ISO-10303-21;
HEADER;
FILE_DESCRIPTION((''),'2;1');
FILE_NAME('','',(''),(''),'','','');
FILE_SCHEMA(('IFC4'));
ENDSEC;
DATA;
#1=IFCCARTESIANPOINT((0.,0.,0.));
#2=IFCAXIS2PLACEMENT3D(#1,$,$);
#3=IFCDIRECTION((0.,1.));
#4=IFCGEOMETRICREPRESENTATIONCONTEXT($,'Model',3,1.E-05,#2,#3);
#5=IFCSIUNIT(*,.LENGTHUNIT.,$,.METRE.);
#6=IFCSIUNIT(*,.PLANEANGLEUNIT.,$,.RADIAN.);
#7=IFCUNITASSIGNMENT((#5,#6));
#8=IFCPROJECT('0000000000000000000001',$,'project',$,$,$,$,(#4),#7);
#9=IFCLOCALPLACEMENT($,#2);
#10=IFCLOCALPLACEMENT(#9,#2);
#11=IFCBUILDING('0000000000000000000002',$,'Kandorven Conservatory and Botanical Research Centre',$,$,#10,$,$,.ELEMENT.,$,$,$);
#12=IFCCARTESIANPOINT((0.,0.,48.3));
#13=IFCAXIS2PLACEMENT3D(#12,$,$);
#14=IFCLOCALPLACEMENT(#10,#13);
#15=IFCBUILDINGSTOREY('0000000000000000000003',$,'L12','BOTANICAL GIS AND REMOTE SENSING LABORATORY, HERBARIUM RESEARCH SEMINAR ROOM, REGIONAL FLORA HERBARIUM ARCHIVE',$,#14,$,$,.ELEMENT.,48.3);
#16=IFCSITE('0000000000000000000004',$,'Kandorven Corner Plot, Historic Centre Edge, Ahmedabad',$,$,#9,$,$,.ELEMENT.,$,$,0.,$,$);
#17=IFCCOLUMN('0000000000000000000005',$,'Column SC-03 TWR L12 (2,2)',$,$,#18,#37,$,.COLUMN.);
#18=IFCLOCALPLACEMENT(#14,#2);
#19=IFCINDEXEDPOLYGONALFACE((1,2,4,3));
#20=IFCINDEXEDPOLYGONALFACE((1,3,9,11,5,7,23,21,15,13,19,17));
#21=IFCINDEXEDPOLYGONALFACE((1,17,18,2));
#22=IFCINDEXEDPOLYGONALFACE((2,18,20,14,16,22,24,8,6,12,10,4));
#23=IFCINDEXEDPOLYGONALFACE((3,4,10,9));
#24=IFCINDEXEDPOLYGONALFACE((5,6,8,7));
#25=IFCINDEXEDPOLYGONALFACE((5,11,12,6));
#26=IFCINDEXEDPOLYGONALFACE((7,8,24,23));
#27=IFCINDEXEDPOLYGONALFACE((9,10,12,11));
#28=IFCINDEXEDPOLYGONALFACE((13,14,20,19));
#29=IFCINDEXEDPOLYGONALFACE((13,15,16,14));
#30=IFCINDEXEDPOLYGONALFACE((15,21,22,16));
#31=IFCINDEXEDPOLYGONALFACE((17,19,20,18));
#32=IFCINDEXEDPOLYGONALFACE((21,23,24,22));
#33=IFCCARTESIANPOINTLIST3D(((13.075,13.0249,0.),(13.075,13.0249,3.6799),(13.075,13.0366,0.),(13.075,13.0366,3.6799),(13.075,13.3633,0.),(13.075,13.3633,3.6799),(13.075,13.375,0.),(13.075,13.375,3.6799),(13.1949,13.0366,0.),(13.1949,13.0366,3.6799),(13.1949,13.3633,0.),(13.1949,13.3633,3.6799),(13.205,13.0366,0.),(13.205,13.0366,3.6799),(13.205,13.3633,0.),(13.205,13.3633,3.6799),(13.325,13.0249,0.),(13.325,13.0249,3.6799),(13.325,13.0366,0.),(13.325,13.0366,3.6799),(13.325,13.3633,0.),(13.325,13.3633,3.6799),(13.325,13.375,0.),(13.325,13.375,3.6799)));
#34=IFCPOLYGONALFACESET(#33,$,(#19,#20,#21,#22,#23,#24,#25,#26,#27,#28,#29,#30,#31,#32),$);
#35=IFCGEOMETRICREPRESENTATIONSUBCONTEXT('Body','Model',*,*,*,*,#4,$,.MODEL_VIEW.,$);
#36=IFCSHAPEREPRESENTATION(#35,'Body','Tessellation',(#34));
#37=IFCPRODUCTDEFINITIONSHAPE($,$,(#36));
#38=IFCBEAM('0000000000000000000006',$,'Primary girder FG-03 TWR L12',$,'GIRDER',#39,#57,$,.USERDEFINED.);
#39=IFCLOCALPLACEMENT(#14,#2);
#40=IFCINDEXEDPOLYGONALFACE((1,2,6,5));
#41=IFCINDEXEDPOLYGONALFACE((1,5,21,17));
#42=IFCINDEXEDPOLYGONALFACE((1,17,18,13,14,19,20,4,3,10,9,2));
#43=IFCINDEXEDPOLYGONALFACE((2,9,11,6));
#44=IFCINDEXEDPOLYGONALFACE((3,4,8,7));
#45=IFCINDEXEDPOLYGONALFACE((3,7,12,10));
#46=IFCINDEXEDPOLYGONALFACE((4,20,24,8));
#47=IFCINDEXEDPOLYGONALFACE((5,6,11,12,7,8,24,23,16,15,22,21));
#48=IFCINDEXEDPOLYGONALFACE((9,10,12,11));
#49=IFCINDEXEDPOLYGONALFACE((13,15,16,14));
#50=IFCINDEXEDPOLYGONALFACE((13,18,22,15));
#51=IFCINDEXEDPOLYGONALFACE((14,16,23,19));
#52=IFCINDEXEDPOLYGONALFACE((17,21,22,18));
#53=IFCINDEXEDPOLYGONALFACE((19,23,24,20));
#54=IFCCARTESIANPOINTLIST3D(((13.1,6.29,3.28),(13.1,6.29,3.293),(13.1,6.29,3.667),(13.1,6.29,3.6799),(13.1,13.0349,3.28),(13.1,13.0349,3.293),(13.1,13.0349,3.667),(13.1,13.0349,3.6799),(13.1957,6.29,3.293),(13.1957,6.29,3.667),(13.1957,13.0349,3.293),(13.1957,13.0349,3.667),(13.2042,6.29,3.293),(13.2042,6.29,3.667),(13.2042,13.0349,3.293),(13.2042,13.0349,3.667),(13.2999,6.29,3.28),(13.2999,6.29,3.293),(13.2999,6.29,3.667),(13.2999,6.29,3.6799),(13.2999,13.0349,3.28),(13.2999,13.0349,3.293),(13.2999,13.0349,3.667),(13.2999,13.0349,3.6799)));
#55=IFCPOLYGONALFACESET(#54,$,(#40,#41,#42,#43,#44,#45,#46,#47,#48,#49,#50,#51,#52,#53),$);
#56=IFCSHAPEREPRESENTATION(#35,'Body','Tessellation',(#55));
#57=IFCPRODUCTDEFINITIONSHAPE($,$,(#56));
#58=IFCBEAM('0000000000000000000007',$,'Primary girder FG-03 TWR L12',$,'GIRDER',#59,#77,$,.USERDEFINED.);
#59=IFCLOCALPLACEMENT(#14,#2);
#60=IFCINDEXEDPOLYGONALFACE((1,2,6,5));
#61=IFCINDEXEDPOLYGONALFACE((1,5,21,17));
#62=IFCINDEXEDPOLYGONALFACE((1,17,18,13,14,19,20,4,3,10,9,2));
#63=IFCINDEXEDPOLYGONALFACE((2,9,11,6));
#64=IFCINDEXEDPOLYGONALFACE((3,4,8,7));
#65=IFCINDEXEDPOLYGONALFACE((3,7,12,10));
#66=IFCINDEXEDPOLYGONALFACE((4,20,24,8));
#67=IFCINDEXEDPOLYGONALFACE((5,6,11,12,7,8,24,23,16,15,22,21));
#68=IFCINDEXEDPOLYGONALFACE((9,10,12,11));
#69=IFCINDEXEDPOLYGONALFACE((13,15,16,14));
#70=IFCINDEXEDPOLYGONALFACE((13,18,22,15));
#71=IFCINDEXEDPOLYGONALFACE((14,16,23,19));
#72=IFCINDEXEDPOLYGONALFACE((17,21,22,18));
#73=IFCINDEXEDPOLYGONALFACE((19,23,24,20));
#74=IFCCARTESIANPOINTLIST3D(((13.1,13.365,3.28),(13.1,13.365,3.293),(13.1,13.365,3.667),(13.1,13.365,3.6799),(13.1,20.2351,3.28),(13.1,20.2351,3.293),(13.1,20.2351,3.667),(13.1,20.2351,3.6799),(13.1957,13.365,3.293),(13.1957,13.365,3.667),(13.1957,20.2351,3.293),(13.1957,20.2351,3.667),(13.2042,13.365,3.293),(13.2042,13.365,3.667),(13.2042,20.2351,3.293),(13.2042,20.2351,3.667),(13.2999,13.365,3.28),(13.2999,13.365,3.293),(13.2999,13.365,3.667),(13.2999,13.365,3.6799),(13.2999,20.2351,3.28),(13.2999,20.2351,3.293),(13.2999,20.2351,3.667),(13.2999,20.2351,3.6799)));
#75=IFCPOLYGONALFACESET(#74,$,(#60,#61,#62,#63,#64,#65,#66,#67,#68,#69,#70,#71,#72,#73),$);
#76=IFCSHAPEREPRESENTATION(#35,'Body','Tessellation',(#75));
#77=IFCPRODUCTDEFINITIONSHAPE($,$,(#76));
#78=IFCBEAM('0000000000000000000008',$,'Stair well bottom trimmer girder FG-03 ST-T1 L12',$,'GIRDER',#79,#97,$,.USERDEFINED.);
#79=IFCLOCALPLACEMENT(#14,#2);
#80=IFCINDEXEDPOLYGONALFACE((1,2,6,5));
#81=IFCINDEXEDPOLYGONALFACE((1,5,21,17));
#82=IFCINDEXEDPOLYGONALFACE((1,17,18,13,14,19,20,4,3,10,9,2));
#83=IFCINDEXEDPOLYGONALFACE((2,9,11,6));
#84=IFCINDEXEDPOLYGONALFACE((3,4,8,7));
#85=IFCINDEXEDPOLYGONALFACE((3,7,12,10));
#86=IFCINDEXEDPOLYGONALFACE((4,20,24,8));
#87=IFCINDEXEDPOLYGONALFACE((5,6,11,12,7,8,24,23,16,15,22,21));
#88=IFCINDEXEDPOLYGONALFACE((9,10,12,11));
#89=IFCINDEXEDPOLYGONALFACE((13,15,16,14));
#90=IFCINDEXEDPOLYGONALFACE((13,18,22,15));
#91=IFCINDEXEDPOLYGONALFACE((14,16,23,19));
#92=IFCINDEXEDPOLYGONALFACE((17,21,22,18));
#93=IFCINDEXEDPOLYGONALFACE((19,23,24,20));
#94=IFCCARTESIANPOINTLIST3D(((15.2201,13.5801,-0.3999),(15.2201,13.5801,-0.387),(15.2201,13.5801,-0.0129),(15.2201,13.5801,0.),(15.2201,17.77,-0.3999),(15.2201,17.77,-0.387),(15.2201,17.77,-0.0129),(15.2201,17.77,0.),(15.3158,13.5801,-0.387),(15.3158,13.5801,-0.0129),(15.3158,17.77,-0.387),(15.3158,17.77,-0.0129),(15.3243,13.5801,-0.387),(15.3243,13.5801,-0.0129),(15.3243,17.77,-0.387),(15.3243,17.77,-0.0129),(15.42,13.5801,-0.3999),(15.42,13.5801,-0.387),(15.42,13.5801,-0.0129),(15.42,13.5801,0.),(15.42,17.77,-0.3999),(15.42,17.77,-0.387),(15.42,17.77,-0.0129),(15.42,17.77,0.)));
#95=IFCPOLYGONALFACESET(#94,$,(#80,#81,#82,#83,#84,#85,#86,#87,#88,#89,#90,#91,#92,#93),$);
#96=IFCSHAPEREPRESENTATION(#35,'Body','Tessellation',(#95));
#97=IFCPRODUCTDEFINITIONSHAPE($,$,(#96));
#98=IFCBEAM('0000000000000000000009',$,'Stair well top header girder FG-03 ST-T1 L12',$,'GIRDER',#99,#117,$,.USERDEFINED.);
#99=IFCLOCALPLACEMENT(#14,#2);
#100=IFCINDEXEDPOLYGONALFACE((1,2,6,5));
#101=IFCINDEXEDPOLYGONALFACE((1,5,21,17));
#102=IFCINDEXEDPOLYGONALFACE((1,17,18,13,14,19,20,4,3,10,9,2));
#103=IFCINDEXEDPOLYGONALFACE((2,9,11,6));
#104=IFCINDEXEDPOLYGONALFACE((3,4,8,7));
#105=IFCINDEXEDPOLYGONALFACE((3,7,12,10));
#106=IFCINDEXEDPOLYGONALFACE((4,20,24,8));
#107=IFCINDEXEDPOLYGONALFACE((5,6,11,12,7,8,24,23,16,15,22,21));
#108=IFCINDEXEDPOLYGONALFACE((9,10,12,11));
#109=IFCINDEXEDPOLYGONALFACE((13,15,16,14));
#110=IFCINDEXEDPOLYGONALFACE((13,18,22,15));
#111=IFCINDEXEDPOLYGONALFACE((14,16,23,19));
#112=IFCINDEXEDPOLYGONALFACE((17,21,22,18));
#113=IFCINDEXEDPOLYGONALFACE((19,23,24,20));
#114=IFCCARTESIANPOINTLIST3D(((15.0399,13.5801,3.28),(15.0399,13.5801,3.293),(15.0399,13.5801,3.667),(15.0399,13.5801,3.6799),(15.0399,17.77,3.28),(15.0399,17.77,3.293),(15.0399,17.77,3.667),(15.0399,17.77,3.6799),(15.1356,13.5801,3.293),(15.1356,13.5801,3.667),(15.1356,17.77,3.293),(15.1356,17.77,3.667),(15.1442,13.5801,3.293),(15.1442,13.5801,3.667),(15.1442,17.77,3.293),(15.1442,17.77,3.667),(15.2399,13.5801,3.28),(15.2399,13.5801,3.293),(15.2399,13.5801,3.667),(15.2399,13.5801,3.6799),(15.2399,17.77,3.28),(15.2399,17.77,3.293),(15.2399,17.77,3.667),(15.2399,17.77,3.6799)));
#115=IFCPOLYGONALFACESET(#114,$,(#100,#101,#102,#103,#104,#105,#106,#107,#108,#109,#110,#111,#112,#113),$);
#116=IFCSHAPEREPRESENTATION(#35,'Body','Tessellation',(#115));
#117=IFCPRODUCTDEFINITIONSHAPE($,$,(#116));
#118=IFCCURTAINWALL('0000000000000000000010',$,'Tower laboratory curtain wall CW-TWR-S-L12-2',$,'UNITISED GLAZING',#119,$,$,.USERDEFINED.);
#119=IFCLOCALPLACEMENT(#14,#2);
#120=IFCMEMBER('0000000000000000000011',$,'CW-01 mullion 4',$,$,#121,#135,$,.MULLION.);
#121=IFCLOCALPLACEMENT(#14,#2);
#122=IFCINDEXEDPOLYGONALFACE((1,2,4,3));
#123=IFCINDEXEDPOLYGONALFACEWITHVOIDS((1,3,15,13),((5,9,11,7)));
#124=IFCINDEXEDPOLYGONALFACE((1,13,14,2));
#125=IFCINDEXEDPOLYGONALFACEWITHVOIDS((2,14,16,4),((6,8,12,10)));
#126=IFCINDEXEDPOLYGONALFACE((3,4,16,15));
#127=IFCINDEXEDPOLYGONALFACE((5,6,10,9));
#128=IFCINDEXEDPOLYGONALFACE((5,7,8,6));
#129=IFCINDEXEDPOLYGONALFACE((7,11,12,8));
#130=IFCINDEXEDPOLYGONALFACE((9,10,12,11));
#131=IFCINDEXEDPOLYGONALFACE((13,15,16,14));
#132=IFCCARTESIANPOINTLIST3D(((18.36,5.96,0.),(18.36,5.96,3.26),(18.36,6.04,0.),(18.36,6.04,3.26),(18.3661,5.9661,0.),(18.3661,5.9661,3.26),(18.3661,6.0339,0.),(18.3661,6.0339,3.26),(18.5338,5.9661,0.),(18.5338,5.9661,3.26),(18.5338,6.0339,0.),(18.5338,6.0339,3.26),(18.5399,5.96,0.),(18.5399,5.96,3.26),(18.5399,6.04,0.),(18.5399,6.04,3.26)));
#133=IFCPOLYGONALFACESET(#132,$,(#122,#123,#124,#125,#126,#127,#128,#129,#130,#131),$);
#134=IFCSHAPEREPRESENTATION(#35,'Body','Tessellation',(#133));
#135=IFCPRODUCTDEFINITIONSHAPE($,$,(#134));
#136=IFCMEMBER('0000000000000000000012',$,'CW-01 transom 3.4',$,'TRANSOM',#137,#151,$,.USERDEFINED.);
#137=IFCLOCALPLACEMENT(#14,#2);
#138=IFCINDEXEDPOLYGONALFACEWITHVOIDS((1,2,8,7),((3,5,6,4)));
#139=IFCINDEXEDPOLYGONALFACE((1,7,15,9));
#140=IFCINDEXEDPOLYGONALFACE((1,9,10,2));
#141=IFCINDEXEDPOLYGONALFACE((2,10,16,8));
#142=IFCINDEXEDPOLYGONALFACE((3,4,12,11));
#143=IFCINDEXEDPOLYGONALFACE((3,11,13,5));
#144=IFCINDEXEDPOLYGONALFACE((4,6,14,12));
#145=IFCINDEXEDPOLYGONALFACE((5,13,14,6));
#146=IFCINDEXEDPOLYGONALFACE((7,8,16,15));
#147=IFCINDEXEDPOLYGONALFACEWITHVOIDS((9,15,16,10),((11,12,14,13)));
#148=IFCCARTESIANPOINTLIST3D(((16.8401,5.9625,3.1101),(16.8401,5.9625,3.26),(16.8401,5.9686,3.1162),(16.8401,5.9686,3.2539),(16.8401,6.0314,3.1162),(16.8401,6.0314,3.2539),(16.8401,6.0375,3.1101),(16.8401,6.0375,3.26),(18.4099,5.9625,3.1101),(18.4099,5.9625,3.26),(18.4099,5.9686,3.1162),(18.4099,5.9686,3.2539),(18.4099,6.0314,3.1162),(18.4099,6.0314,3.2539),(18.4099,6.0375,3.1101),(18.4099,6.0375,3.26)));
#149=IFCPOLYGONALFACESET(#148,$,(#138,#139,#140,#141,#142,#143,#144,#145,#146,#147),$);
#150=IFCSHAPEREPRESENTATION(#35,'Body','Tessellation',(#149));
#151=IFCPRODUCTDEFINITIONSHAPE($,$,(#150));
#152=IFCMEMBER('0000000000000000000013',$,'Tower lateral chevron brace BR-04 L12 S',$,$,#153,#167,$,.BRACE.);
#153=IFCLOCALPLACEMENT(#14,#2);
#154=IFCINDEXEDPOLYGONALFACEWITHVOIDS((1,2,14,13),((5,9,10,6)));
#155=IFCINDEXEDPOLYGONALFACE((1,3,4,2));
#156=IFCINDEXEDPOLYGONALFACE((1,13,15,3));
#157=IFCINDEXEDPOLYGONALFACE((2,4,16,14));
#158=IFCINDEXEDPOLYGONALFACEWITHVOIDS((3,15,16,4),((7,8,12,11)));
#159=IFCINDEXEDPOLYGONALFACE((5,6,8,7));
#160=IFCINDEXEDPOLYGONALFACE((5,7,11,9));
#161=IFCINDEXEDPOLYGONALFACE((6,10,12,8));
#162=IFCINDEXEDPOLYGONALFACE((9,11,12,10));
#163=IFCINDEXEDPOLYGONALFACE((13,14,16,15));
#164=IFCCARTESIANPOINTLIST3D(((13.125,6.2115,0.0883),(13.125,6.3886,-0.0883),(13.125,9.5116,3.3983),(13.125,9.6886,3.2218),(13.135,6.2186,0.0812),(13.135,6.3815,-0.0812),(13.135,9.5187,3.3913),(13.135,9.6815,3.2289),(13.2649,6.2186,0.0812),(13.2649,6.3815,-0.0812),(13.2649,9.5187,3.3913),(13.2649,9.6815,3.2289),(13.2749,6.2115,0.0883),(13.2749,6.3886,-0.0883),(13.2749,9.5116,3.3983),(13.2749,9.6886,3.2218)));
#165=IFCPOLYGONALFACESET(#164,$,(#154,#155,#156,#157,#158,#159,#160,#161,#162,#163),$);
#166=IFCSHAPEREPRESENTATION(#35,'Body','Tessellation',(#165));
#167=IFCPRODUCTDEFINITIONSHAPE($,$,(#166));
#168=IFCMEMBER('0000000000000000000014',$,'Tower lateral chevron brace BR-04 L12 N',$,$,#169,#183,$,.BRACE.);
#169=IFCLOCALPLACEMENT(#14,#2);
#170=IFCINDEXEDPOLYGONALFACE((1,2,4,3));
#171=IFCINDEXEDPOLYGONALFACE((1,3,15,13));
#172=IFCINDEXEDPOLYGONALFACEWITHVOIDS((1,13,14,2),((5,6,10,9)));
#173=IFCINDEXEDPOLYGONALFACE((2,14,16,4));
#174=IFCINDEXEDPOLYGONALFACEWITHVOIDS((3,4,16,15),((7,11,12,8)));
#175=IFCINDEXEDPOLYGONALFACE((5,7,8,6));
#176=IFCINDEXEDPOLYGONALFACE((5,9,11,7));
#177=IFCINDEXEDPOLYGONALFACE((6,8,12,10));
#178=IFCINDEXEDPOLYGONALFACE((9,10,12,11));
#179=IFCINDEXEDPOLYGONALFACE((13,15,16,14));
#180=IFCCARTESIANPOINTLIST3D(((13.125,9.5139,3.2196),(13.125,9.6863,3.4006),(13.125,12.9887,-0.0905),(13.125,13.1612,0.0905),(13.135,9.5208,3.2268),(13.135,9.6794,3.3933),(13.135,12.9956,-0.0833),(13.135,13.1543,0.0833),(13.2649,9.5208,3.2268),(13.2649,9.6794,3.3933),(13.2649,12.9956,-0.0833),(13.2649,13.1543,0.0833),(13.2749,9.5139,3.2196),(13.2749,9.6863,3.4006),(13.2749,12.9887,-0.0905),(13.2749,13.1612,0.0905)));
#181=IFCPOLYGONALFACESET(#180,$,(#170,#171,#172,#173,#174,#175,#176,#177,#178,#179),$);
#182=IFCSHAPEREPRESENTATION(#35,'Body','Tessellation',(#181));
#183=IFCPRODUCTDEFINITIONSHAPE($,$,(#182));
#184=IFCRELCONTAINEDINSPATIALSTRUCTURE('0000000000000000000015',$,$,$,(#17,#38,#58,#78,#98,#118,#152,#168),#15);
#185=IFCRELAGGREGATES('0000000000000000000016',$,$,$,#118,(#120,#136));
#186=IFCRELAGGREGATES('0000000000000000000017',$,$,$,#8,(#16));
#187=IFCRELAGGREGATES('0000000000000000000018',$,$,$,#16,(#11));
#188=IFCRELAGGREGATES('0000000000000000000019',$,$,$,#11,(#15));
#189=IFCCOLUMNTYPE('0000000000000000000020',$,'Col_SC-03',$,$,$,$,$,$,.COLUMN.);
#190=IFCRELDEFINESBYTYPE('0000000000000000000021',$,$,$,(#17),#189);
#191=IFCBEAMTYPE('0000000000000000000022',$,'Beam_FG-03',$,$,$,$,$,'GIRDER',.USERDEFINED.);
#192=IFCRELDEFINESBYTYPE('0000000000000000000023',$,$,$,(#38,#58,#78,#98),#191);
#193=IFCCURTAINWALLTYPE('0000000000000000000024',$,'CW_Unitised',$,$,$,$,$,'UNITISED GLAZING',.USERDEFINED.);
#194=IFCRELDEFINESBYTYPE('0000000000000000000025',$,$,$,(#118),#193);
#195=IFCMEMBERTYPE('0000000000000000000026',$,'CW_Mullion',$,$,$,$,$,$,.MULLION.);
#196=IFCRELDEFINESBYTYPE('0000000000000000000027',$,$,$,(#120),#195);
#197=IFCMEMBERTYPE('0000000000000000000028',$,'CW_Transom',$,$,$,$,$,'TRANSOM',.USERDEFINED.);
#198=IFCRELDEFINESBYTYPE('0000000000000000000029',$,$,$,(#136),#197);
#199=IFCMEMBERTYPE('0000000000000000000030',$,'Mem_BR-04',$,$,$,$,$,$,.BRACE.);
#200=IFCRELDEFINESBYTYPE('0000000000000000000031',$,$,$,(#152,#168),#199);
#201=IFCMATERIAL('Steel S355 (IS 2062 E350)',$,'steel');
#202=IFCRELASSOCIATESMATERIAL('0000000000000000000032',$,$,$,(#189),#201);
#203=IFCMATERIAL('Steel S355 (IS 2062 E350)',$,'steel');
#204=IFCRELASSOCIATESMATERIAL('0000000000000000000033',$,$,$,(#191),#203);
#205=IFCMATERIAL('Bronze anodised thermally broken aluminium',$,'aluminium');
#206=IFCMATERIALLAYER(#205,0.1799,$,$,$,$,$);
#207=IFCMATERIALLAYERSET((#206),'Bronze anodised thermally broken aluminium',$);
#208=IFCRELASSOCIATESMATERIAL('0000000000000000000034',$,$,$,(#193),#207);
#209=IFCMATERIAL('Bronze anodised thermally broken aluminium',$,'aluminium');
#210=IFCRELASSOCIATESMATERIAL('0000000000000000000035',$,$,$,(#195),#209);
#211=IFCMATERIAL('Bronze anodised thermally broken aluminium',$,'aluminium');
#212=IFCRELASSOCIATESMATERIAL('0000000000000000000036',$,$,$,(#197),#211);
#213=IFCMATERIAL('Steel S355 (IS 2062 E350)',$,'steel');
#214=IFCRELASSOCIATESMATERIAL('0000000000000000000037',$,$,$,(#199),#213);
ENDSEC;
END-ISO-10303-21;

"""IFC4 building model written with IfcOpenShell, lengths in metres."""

from ifc_helpers import new_model, si_unit, direction, frame, origin, origin_2d, place, context, subcontext, project, spatial, hollow_rectangle, i_section, extrude, material, layer, layer_set, material_profile, profile_set, type_object, element, aggregate, save


model = new_model("IFC4")

# Units and contexts
model_context = context("Model", 3, precision=1e-05, world=origin(), true_north=direction((0.0, 1.0)))
body_context = subcontext(model_context, "Body", "Model", "MODEL_VIEW")
ifc_project = project(units=[si_unit("LENGTHUNIT", "METRE"), si_unit("PLANEANGLEUNIT", "RADIAN")], contexts=[model_context])

# Site, building, storey
site_placement = place(None, origin())
site = spatial("IfcSite", under=ifc_project, at=site_placement, Name="Kandorven Corner Plot, Historic Centre Edge, Ahmedabad", CompositionType="ELEMENT", RefElevation=0.0)
building_placement = place(site_placement, origin())
building = spatial("IfcBuilding", under=site, at=building_placement, Name="Kandorven Conservatory and Botanical Research Centre", CompositionType="ELEMENT")
storey_placement = place(building_placement, frame((0.0, 0.0, 48.3)))
storey = spatial("IfcBuildingStorey", under=building, at=storey_placement, Name="L12", Description="BOTANICAL GIS AND REMOTE SENSING LABORATORY, HERBARIUM RESEARCH SEMINAR ROOM, REGIONAL FLORA HERBARIUM ARCHIVE", CompositionType="ELEMENT", Elevation=48.3)

# Column
ifc_material_1 = material(Name="Steel S355 (IS 2062 E350)", Category="steel")
ifc_material_profile_1 = material_profile(ifc_material_1, i_section(OverallWidth=0.25, OverallDepth=0.3501, WebThickness=0.01, FlangeThickness=0.0117, at=origin_2d()))
ifc_profile_set_1 = profile_set([ifc_material_profile_1], Name="Steel S355 (IS 2062 E350)")
column_type = type_object("IfcColumnType", Name="Col_SC-03", PredefinedType="COLUMN", material=ifc_profile_set_1)
column_placement = place(storey_placement, frame((13.2, 13.2, 0.0), z_axis=(0.0, 0.0, 1.0), x_axis=(1.0, 0.0, 0.0)))
element("IfcColumn", 1, at=column_placement, inside=storey, type_object=column_type, Name="Column SC-03 TWR L12 (2,2)", PredefinedType="COLUMN", context=body_context, shape_type="SweptSolid", body=[
    extrude(i_section(OverallWidth=0.25, OverallDepth=0.3501, WebThickness=0.01, FlangeThickness=0.0117, at=origin_2d()), origin(), (0.0, 0.0, 1.0), 3.6799),
])

# Beams
ifc_material_2 = material(Name="Steel S355 (IS 2062 E350)", Category="steel")
ifc_material_profile_2 = material_profile(ifc_material_2, i_section(OverallWidth=0.2, OverallDepth=0.3999, WebThickness=0.0085, FlangeThickness=0.0129, at=origin_2d()))
ifc_profile_set_2 = profile_set([ifc_material_profile_2], Name="Steel S355 (IS 2062 E350)")
beam_type = type_object("IfcBeamType", Name="Beam_FG-03", ElementType="GIRDER", PredefinedType="USERDEFINED", material=ifc_profile_set_2)
beam_1_placement = place(storey_placement, frame((13.2, 6.29, 3.48), z_axis=(0.0, 1.0, 0.0), x_axis=(-1.0, 0.0, 0.0)))
element("IfcBeam", 2, at=beam_1_placement, inside=storey, type_object=beam_type, Name="Primary girder FG-03 TWR L12", ObjectType="GIRDER", PredefinedType="USERDEFINED", context=body_context, shape_type="SweptSolid", body=[
    extrude(i_section(OverallWidth=0.2, OverallDepth=0.3999, WebThickness=0.0085, FlangeThickness=0.0129, at=origin_2d()), origin(), (0.0, 0.0, 1.0), 6.7449),
])
beam_2_placement = place(storey_placement, frame((13.2, 13.365, 3.48), z_axis=(0.0, 1.0, 0.0), x_axis=(-1.0, 0.0, 0.0)))
element("IfcBeam", 3, at=beam_2_placement, inside=storey, type_object=beam_type, Name="Primary girder FG-03 TWR L12", ObjectType="GIRDER", PredefinedType="USERDEFINED", context=body_context, shape_type="SweptSolid", body=[
    extrude(i_section(OverallWidth=0.2, OverallDepth=0.3999, WebThickness=0.0085, FlangeThickness=0.0129, at=origin_2d()), origin(), (0.0, 0.0, 1.0), 6.8701),
])
for number, where, z_axis, x_axis, name in (
    (4, (15.3201, 13.5801, -0.2), (0.0, 1.0, 0.0), (-1.0, 0.0, 0.0), "Stair well bottom trimmer girder FG-03 ST-T1 L12"),
    (5, (15.1399, 13.5801, 3.48), (0.0, 1.0, 0.0), (-1.0, 0.0, 0.0), "Stair well top header girder FG-03 ST-T1 L12"),
):
    element("IfcBeam", number, at=place(storey_placement, frame(where, z_axis=z_axis, x_axis=x_axis)), inside=storey, type_object=beam_type, Name=name, ObjectType="GIRDER", PredefinedType="USERDEFINED", context=body_context, shape_type="SweptSolid", body=[
        extrude(i_section(OverallWidth=0.2, OverallDepth=0.3999, WebThickness=0.0085, FlangeThickness=0.0129, at=origin_2d()), origin(), (0.0, 0.0, 1.0), 4.1899),
    ])

# Curtain wall, members
ifc_material_3 = material(Name="Bronze anodised thermally broken aluminium", Category="aluminium")
ifc_layer_1 = layer(ifc_material_3, 0.1799)
ifc_layer_set_1 = layer_set([ifc_layer_1], Name="Bronze anodised thermally broken aluminium")
curtain_wall_type = type_object("IfcCurtainWallType", Name="CW_Unitised", ElementType="UNITISED GLAZING", PredefinedType="USERDEFINED", material=ifc_layer_set_1)
curtain_wall_placement = place(storey_placement, origin())
curtain_wall = element("IfcCurtainWall", 6, at=curtain_wall_placement, inside=storey, type_object=curtain_wall_type, Name="Tower laboratory curtain wall CW-TWR-S-L12-2", ObjectType="UNITISED GLAZING", PredefinedType="USERDEFINED")
ifc_material_4 = material(Name="Bronze anodised thermally broken aluminium", Category="aluminium")
ifc_material_profile_3 = material_profile(ifc_material_4, hollow_rectangle(XDim=0.0801, YDim=0.1799, WallThickness=0.0061, at=origin_2d()))
ifc_profile_set_3 = profile_set([ifc_material_profile_3], Name="Bronze anodised thermally broken aluminium")
member_type_1 = type_object("IfcMemberType", Name="CW_Mullion", PredefinedType="MULLION", material=ifc_profile_set_3)
member_1_placement = place(storey_placement, frame((18.45, 6.0, 0.0), z_axis=(0.0, 0.0, 1.0), x_axis=(0.0, 1.0, 0.0)))
member_1 = element("IfcMember", 7, at=member_1_placement, type_object=member_type_1, Name="CW-01 mullion 4", PredefinedType="MULLION", context=body_context, shape_type="SweptSolid", body=[
    extrude(hollow_rectangle(XDim=0.0801, YDim=0.1799, WallThickness=0.0061, at=origin_2d()), origin(), (0.0, 0.0, 1.0), 3.26),
])
ifc_material_5 = material(Name="Bronze anodised thermally broken aluminium", Category="aluminium")
ifc_material_profile_4 = material_profile(ifc_material_5, hollow_rectangle(XDim=0.075, YDim=0.1499, WallThickness=0.0061, at=origin_2d()))
ifc_profile_set_4 = profile_set([ifc_material_profile_4], Name="Bronze anodised thermally broken aluminium")
member_type_2 = type_object("IfcMemberType", Name="CW_Transom", ElementType="TRANSOM", PredefinedType="USERDEFINED", material=ifc_profile_set_4)
member_2_placement = place(storey_placement, frame((16.8401, 6.0, 3.1851), z_axis=(1.0, 0.0, 0.0), x_axis=(0.0, 1.0, 0.0)))
member_2 = element("IfcMember", 8, at=member_2_placement, type_object=member_type_2, Name="CW-01 transom 3.4", ObjectType="TRANSOM", PredefinedType="USERDEFINED", context=body_context, shape_type="SweptSolid", body=[
    extrude(hollow_rectangle(XDim=0.075, YDim=0.1499, WallThickness=0.0061, at=origin_2d()), origin(), (0.0, 0.0, 1.0), 1.5698),
])

# Members
ifc_material_6 = material(Name="Steel S355 (IS 2062 E350)", Category="steel")
ifc_material_profile_5 = material_profile(ifc_material_6, hollow_rectangle(XDim=0.1499, YDim=0.25, WallThickness=0.01, at=origin_2d()))
ifc_profile_set_5 = profile_set([ifc_material_profile_5], Name="Steel S355 (IS 2062 E350)")
member_type_3 = type_object("IfcMemberType", Name="Mem_BR-04", PredefinedType="BRACE", material=ifc_profile_set_5)
member_3_placement = place(storey_placement, frame((13.2, 6.3, 0.0), z_axis=(0.0, 0.706035, 0.708177), x_axis=(-1.0, 0.0, 0.0)))
element("IfcMember", 9, at=member_3_placement, inside=storey, type_object=member_type_3, Name="Tower lateral chevron brace BR-04 L12 S", PredefinedType="BRACE", context=body_context, shape_type="SweptSolid", body=[
    extrude(hollow_rectangle(XDim=0.1499, YDim=0.25, WallThickness=0.01, at=origin_2d()), origin(), (0.0, 0.0, 1.0), 4.6741),
])
member_4_placement = place(storey_placement, frame((13.2, 13.075, 0.0), z_axis=(0.0, -0.724068, 0.689729), x_axis=(1.0, 0.0, 0.0)))
element("IfcMember", 10, at=member_4_placement, inside=storey, type_object=member_type_3, Name="Tower lateral chevron brace BR-04 L12 N", PredefinedType="BRACE", context=body_context, shape_type="SweptSolid", body=[
    extrude(hollow_rectangle(XDim=0.1499, YDim=0.25, WallThickness=0.01, at=origin_2d()), origin(), (0.0, 0.0, 1.0), 4.7991),
])

aggregate(curtain_wall, [member_1, member_2])

save(model, "model.ifc")
